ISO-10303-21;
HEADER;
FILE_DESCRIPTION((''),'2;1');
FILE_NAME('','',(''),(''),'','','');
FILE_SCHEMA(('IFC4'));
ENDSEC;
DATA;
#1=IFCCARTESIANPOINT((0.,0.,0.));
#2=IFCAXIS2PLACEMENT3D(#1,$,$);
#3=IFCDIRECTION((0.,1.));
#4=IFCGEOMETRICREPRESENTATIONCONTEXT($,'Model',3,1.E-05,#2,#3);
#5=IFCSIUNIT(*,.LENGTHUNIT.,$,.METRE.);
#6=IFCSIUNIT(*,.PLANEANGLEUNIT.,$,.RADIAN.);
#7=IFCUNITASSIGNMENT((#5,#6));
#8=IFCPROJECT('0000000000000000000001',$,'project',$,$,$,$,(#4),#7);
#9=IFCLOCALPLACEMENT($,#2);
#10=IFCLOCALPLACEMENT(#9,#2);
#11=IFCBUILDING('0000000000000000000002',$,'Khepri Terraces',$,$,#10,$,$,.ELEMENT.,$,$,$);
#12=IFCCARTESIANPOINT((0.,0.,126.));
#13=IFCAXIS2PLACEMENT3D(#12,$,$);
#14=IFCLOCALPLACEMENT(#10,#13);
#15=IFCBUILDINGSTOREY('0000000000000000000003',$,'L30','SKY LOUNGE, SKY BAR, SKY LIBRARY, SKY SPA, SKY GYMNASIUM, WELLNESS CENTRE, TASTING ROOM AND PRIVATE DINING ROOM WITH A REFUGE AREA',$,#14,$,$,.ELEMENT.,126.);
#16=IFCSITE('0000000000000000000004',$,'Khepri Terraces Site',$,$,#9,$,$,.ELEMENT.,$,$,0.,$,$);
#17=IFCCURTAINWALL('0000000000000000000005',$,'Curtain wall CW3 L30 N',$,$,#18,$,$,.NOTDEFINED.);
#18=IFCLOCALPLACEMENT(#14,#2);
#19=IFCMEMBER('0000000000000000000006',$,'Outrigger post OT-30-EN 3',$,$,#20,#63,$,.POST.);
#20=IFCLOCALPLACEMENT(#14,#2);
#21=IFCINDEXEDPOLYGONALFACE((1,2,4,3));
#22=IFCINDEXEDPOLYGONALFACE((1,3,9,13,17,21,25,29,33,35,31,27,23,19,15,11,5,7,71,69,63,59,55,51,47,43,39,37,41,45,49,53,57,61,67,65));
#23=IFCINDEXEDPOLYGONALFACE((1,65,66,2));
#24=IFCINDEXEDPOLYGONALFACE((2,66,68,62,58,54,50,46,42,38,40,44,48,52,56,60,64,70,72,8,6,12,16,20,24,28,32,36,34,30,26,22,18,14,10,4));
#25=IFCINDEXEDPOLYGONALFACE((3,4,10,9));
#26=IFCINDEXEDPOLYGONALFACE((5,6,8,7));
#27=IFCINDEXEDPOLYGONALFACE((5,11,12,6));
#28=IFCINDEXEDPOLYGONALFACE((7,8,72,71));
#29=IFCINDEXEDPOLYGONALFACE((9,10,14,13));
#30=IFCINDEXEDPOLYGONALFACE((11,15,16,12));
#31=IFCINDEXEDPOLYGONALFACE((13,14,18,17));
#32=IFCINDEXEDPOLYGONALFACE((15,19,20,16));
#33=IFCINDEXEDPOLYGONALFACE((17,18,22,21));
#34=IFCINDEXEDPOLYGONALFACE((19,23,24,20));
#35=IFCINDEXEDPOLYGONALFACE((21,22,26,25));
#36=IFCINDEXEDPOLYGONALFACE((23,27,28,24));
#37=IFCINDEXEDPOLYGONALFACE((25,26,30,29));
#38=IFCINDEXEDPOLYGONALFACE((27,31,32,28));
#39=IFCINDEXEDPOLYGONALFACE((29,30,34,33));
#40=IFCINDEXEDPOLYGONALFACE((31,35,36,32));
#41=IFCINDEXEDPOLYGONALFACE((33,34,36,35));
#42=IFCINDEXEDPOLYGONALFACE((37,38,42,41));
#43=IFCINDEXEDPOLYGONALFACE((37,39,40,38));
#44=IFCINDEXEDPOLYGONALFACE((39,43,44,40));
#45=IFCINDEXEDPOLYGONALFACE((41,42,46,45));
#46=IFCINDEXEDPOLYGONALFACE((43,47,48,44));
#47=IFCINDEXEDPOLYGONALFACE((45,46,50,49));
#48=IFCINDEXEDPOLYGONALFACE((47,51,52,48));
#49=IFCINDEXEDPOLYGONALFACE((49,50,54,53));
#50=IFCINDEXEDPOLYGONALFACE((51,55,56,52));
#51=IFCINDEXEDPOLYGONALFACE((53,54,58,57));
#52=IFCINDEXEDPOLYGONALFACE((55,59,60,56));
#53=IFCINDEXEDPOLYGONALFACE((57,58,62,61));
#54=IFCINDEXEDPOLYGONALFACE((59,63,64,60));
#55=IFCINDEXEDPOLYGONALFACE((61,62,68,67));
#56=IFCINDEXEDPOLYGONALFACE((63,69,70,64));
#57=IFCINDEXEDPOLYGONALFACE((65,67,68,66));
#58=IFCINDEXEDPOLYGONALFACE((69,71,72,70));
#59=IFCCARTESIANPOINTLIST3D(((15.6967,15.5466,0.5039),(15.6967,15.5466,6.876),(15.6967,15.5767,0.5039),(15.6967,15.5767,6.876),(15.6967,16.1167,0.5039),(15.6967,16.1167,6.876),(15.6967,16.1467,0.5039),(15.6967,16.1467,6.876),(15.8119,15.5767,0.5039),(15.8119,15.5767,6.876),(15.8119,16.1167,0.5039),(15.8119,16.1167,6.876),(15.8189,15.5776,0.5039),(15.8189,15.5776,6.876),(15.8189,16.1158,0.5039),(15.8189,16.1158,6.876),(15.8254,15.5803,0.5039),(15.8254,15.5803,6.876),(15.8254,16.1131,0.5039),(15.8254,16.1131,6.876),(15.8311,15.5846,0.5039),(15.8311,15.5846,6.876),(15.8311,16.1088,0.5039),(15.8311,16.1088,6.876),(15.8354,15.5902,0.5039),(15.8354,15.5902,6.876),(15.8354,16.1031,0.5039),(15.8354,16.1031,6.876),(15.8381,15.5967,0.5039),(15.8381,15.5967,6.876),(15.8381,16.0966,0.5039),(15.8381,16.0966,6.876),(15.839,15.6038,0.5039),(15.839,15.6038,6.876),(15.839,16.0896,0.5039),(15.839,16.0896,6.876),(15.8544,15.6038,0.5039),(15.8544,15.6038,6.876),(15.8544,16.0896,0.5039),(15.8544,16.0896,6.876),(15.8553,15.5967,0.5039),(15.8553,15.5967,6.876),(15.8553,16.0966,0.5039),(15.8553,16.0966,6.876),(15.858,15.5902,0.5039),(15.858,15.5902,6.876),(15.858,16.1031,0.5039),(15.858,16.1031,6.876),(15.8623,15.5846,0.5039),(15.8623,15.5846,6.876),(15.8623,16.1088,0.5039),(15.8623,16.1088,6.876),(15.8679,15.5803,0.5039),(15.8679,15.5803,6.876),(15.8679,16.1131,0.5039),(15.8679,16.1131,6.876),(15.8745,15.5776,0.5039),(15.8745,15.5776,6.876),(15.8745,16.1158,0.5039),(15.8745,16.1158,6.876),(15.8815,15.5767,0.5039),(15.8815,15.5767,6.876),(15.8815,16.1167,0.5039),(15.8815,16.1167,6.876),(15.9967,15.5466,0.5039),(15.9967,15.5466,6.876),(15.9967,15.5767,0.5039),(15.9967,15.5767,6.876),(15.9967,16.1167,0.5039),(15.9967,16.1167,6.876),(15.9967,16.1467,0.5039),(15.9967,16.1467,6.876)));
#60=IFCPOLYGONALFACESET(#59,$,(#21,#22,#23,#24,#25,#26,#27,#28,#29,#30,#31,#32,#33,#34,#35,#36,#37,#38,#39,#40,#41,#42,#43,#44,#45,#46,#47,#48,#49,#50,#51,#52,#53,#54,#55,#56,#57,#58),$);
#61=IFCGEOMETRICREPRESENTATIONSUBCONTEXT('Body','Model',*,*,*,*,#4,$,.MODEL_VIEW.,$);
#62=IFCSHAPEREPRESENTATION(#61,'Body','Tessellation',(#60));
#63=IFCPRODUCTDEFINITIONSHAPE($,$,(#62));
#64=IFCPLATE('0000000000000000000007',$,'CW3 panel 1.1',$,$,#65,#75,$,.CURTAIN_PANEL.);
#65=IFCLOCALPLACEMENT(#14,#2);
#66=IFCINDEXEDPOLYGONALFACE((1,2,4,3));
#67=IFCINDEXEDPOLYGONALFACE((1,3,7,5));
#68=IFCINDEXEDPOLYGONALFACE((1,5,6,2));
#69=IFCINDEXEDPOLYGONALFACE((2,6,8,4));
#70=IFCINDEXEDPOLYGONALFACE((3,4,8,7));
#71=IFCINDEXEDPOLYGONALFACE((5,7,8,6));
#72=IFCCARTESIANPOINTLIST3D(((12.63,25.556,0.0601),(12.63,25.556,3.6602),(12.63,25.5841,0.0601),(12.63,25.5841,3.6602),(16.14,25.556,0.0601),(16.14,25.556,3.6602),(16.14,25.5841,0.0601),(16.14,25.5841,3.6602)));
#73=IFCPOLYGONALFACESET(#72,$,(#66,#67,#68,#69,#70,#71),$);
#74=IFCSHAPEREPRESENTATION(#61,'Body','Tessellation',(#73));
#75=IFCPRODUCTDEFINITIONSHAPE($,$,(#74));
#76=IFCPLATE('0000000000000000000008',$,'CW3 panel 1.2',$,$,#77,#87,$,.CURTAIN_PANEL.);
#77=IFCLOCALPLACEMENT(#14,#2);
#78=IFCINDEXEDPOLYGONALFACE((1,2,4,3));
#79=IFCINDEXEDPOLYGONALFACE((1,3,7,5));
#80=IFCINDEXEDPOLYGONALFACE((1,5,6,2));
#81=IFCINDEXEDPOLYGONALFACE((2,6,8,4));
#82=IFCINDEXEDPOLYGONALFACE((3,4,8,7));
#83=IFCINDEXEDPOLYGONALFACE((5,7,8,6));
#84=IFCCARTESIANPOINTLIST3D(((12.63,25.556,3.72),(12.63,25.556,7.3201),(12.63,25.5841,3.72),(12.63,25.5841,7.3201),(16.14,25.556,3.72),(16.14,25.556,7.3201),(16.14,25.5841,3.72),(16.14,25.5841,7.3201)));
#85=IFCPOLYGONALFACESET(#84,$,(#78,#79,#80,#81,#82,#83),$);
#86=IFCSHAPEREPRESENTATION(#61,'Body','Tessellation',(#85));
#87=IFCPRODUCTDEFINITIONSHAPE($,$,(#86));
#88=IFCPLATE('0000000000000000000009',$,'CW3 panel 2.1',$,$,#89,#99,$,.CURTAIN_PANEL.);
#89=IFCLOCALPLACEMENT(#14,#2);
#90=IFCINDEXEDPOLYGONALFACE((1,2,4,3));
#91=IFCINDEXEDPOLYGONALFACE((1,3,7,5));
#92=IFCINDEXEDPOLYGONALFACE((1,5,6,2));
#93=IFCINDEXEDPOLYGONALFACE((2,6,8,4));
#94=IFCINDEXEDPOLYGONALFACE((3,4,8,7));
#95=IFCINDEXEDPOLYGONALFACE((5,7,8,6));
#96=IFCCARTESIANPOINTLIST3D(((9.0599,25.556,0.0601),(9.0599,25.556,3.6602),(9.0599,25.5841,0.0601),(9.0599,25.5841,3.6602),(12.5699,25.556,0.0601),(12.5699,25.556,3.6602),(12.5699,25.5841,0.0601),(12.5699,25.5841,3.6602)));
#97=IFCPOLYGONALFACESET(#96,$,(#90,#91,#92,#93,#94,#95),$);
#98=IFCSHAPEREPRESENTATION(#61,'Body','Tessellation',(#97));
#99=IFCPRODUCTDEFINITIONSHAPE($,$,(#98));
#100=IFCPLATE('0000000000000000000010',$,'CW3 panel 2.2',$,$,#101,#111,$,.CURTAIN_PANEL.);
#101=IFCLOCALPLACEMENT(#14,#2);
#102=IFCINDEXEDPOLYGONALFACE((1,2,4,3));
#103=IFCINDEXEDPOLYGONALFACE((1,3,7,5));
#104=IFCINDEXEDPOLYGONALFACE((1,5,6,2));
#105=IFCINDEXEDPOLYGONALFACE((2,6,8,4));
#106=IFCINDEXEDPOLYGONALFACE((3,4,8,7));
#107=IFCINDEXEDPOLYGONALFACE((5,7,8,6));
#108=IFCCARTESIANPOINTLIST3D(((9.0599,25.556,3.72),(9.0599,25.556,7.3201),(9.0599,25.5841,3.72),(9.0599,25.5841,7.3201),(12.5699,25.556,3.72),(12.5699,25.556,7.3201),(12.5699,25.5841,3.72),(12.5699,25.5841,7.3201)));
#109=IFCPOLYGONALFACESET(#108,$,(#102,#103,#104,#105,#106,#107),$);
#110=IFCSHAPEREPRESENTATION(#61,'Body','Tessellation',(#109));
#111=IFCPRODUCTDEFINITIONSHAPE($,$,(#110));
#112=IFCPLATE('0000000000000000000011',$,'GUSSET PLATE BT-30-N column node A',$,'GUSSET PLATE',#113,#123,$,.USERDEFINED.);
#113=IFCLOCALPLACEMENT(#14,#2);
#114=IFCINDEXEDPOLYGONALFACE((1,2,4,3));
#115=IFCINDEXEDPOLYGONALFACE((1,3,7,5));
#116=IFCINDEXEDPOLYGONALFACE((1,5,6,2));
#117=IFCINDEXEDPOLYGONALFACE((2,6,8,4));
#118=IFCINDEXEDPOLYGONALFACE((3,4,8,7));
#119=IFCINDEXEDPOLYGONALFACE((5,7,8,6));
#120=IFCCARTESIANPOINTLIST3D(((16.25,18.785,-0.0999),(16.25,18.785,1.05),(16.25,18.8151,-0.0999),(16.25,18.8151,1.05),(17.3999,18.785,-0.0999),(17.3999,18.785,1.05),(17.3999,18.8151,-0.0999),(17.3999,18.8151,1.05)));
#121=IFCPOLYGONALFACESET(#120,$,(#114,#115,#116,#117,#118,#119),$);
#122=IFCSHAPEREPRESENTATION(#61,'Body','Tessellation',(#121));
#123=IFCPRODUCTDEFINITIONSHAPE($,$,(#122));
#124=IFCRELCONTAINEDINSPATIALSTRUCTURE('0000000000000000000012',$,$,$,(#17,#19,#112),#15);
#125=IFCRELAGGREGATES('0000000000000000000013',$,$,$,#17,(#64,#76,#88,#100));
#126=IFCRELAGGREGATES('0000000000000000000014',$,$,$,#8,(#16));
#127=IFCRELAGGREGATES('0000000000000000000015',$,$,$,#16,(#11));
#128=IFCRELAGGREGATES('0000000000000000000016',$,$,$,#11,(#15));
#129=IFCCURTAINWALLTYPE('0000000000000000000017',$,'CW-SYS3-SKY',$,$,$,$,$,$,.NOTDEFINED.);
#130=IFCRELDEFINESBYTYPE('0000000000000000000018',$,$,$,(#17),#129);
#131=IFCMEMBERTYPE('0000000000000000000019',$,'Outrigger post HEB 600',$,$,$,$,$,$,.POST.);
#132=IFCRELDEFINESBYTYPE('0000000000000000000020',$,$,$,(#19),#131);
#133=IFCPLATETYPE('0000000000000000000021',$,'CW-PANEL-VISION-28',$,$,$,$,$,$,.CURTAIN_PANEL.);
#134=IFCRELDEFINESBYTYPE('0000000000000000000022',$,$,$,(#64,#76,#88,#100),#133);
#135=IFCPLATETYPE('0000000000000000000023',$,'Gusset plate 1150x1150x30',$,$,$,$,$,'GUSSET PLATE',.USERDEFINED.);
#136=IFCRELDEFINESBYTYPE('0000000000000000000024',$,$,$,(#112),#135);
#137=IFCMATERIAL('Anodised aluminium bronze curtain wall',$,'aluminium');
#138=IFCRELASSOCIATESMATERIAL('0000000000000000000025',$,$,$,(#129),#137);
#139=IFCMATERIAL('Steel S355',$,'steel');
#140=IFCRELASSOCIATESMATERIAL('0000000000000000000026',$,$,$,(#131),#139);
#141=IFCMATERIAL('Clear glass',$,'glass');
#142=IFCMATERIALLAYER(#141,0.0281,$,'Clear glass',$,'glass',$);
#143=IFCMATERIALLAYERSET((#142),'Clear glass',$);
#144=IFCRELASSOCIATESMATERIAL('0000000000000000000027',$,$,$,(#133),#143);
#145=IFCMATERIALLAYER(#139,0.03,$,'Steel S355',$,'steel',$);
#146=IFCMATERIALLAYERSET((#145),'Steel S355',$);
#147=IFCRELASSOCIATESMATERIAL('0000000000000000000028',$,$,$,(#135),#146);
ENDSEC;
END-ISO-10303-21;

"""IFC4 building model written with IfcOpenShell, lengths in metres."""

from ifc_helpers import new_model, si_unit, direction, frame, origin, origin_2d, place, context, subcontext, project, spatial, rectangle, i_section, extrude, material, layer, layer_set, material_profile, profile_set, type_object, element, aggregate, save


model = new_model("IFC4")

# Units and contexts
model_context = context("Model", 3, precision=1e-05, world=origin(), true_north=direction((0.0, 1.0)))
body_context = subcontext(model_context, "Body", "Model", "MODEL_VIEW")
ifc_project = project(units=[si_unit("LENGTHUNIT", "METRE"), si_unit("PLANEANGLEUNIT", "RADIAN")], contexts=[model_context])

# Site, building, storey
site_placement = place(None, origin())
site = spatial("IfcSite", under=ifc_project, at=site_placement, Name="Khepri Terraces Site", CompositionType="ELEMENT", RefElevation=0.0)
building_placement = place(site_placement, origin())
building = spatial("IfcBuilding", under=site, at=building_placement, Name="Khepri Terraces", CompositionType="ELEMENT")
storey_placement = place(building_placement, frame((0.0, 0.0, 126.0)))
storey = spatial("IfcBuildingStorey", under=building, at=storey_placement, Name="L30", Description="SKY LOUNGE, SKY BAR, SKY LIBRARY, SKY SPA, SKY GYMNASIUM, WELLNESS CENTRE, TASTING ROOM AND PRIVATE DINING ROOM WITH A REFUGE AREA", CompositionType="ELEMENT", Elevation=126.0)

# Shared definitions
ifc_material_1 = material(Name="Steel S355", Category="steel")

# Curtain wall
ifc_material_2 = material(Name="Anodised aluminium bronze curtain wall", Category="aluminium")
curtain_wall_type = type_object("IfcCurtainWallType", Name="CW-SYS3-SKY", PredefinedType="NOTDEFINED", material=ifc_material_2)
curtain_wall_placement = place(storey_placement, origin())
curtain_wall = element("IfcCurtainWall", 1, at=curtain_wall_placement, inside=storey, type_object=curtain_wall_type, Name="Curtain wall CW3 L30 N", PredefinedType="NOTDEFINED")

# Member
ifc_material_profile_1 = material_profile(ifc_material_1, i_section(OverallWidth=0.3, OverallDepth=0.6001, WebThickness=0.0154, FlangeThickness=0.03, FilletRadius=0.0271, at=origin_2d()), Name="Steel S355", Category="steel")
ifc_profile_set_1 = profile_set([ifc_material_profile_1], Name="Steel S355")
member_type_1 = type_object("IfcMemberType", Name="Outrigger post HEB 600", PredefinedType="POST", material=ifc_profile_set_1)
member_1_placement = place(storey_placement, frame((15.8467, 15.8467, 0.5039), z_axis=(0.0, 0.0, 1.0), x_axis=(1.0, 0.0, 0.0)))
element("IfcMember", 2, at=member_1_placement, inside=storey, type_object=member_type_1, Name="Outrigger post OT-30-EN 3", PredefinedType="POST", context=body_context, shape_type="SweptSolid", body=[
    extrude(i_section(OverallWidth=0.3, OverallDepth=0.6001, WebThickness=0.0154, FlangeThickness=0.03, FilletRadius=0.0271, at=origin_2d()), origin(), (0.0, 0.0, 1.0), 6.3721),
])

# Plates
ifc_material_3 = material(Name="Clear glass", Category="glass")
ifc_layer_1 = layer(ifc_material_3, 0.0281, Name="Clear glass", Category="glass")
ifc_layer_set_1 = layer_set([ifc_layer_1], Name="Clear glass")
plate_type_1 = type_object("IfcPlateType", Name="CW-PANEL-VISION-28", PredefinedType="CURTAIN_PANEL", material=ifc_layer_set_1)
plate_1_placement = place(storey_placement, frame((14.385, 25.5701, 0.0601), z_axis=(0.0, 0.0, 1.0), x_axis=(-1.0, 0.0, 0.0)))
plate_1 = element("IfcPlate", 3, at=plate_1_placement, type_object=plate_type_1, Name="CW3 panel 1.1", PredefinedType="CURTAIN_PANEL", context=body_context, shape_type="SweptSolid", body=[
    extrude(rectangle(XDim=3.51, YDim=0.0281, at=origin_2d()), origin(), (0.0, 0.0, 1.0), 3.6001),
])
plate_2_placement = place(storey_placement, frame((14.385, 25.5701, 3.72), z_axis=(0.0, 0.0, 1.0), x_axis=(-1.0, 0.0, 0.0)))
plate_2 = element("IfcPlate", 4, at=plate_2_placement, type_object=plate_type_1, Name="CW3 panel 1.2", PredefinedType="CURTAIN_PANEL", context=body_context, shape_type="SweptSolid", body=[
    extrude(rectangle(XDim=3.51, YDim=0.0281, at=origin_2d()), origin(), (0.0, 0.0, 1.0), 3.6001),
])
plate_3_placement = place(storey_placement, frame((10.8149, 25.5701, 0.0601), z_axis=(0.0, 0.0, 1.0), x_axis=(-1.0, 0.0, 0.0)))
plate_3 = element("IfcPlate", 5, at=plate_3_placement, type_object=plate_type_1, Name="CW3 panel 2.1", PredefinedType="CURTAIN_PANEL", context=body_context, shape_type="SweptSolid", body=[
    extrude(rectangle(XDim=3.51, YDim=0.0281, at=origin_2d()), origin(), (0.0, 0.0, 1.0), 3.6001),
])
plate_4_placement = place(storey_placement, frame((10.8149, 25.5701, 3.72), z_axis=(0.0, 0.0, 1.0), x_axis=(-1.0, 0.0, 0.0)))
plate_4 = element("IfcPlate", 6, at=plate_4_placement, type_object=plate_type_1, Name="CW3 panel 2.2", PredefinedType="CURTAIN_PANEL", context=body_context, shape_type="SweptSolid", body=[
    extrude(rectangle(XDim=3.51, YDim=0.0281, at=origin_2d()), origin(), (0.0, 0.0, 1.0), 3.6001),
])
aggregate(curtain_wall, [plate_1, plate_2, plate_3, plate_4])
ifc_layer_2 = layer(ifc_material_1, 0.03, Name="Steel S355", Category="steel")
ifc_layer_set_2 = layer_set([ifc_layer_2], Name="Steel S355")
plate_type_2 = type_object("IfcPlateType", Name="Gusset plate 1150x1150x30", ElementType="GUSSET PLATE", PredefinedType="USERDEFINED", material=ifc_layer_set_2)
plate_5_placement = place(storey_placement, frame((16.825, 18.8, -0.0999), z_axis=(0.0, 0.0, 1.0), x_axis=(-1.0, 0.0, 0.0)))
element("IfcPlate", 7, at=plate_5_placement, inside=storey, type_object=plate_type_2, Name="GUSSET PLATE BT-30-N column node A", ObjectType="GUSSET PLATE", PredefinedType="USERDEFINED", context=body_context, shape_type="SweptSolid", body=[
    extrude(rectangle(XDim=1.1499, YDim=0.03, at=origin_2d()), origin(), (0.0, 0.0, 1.0), 1.1499),
])

save(model, "model.ifc")
